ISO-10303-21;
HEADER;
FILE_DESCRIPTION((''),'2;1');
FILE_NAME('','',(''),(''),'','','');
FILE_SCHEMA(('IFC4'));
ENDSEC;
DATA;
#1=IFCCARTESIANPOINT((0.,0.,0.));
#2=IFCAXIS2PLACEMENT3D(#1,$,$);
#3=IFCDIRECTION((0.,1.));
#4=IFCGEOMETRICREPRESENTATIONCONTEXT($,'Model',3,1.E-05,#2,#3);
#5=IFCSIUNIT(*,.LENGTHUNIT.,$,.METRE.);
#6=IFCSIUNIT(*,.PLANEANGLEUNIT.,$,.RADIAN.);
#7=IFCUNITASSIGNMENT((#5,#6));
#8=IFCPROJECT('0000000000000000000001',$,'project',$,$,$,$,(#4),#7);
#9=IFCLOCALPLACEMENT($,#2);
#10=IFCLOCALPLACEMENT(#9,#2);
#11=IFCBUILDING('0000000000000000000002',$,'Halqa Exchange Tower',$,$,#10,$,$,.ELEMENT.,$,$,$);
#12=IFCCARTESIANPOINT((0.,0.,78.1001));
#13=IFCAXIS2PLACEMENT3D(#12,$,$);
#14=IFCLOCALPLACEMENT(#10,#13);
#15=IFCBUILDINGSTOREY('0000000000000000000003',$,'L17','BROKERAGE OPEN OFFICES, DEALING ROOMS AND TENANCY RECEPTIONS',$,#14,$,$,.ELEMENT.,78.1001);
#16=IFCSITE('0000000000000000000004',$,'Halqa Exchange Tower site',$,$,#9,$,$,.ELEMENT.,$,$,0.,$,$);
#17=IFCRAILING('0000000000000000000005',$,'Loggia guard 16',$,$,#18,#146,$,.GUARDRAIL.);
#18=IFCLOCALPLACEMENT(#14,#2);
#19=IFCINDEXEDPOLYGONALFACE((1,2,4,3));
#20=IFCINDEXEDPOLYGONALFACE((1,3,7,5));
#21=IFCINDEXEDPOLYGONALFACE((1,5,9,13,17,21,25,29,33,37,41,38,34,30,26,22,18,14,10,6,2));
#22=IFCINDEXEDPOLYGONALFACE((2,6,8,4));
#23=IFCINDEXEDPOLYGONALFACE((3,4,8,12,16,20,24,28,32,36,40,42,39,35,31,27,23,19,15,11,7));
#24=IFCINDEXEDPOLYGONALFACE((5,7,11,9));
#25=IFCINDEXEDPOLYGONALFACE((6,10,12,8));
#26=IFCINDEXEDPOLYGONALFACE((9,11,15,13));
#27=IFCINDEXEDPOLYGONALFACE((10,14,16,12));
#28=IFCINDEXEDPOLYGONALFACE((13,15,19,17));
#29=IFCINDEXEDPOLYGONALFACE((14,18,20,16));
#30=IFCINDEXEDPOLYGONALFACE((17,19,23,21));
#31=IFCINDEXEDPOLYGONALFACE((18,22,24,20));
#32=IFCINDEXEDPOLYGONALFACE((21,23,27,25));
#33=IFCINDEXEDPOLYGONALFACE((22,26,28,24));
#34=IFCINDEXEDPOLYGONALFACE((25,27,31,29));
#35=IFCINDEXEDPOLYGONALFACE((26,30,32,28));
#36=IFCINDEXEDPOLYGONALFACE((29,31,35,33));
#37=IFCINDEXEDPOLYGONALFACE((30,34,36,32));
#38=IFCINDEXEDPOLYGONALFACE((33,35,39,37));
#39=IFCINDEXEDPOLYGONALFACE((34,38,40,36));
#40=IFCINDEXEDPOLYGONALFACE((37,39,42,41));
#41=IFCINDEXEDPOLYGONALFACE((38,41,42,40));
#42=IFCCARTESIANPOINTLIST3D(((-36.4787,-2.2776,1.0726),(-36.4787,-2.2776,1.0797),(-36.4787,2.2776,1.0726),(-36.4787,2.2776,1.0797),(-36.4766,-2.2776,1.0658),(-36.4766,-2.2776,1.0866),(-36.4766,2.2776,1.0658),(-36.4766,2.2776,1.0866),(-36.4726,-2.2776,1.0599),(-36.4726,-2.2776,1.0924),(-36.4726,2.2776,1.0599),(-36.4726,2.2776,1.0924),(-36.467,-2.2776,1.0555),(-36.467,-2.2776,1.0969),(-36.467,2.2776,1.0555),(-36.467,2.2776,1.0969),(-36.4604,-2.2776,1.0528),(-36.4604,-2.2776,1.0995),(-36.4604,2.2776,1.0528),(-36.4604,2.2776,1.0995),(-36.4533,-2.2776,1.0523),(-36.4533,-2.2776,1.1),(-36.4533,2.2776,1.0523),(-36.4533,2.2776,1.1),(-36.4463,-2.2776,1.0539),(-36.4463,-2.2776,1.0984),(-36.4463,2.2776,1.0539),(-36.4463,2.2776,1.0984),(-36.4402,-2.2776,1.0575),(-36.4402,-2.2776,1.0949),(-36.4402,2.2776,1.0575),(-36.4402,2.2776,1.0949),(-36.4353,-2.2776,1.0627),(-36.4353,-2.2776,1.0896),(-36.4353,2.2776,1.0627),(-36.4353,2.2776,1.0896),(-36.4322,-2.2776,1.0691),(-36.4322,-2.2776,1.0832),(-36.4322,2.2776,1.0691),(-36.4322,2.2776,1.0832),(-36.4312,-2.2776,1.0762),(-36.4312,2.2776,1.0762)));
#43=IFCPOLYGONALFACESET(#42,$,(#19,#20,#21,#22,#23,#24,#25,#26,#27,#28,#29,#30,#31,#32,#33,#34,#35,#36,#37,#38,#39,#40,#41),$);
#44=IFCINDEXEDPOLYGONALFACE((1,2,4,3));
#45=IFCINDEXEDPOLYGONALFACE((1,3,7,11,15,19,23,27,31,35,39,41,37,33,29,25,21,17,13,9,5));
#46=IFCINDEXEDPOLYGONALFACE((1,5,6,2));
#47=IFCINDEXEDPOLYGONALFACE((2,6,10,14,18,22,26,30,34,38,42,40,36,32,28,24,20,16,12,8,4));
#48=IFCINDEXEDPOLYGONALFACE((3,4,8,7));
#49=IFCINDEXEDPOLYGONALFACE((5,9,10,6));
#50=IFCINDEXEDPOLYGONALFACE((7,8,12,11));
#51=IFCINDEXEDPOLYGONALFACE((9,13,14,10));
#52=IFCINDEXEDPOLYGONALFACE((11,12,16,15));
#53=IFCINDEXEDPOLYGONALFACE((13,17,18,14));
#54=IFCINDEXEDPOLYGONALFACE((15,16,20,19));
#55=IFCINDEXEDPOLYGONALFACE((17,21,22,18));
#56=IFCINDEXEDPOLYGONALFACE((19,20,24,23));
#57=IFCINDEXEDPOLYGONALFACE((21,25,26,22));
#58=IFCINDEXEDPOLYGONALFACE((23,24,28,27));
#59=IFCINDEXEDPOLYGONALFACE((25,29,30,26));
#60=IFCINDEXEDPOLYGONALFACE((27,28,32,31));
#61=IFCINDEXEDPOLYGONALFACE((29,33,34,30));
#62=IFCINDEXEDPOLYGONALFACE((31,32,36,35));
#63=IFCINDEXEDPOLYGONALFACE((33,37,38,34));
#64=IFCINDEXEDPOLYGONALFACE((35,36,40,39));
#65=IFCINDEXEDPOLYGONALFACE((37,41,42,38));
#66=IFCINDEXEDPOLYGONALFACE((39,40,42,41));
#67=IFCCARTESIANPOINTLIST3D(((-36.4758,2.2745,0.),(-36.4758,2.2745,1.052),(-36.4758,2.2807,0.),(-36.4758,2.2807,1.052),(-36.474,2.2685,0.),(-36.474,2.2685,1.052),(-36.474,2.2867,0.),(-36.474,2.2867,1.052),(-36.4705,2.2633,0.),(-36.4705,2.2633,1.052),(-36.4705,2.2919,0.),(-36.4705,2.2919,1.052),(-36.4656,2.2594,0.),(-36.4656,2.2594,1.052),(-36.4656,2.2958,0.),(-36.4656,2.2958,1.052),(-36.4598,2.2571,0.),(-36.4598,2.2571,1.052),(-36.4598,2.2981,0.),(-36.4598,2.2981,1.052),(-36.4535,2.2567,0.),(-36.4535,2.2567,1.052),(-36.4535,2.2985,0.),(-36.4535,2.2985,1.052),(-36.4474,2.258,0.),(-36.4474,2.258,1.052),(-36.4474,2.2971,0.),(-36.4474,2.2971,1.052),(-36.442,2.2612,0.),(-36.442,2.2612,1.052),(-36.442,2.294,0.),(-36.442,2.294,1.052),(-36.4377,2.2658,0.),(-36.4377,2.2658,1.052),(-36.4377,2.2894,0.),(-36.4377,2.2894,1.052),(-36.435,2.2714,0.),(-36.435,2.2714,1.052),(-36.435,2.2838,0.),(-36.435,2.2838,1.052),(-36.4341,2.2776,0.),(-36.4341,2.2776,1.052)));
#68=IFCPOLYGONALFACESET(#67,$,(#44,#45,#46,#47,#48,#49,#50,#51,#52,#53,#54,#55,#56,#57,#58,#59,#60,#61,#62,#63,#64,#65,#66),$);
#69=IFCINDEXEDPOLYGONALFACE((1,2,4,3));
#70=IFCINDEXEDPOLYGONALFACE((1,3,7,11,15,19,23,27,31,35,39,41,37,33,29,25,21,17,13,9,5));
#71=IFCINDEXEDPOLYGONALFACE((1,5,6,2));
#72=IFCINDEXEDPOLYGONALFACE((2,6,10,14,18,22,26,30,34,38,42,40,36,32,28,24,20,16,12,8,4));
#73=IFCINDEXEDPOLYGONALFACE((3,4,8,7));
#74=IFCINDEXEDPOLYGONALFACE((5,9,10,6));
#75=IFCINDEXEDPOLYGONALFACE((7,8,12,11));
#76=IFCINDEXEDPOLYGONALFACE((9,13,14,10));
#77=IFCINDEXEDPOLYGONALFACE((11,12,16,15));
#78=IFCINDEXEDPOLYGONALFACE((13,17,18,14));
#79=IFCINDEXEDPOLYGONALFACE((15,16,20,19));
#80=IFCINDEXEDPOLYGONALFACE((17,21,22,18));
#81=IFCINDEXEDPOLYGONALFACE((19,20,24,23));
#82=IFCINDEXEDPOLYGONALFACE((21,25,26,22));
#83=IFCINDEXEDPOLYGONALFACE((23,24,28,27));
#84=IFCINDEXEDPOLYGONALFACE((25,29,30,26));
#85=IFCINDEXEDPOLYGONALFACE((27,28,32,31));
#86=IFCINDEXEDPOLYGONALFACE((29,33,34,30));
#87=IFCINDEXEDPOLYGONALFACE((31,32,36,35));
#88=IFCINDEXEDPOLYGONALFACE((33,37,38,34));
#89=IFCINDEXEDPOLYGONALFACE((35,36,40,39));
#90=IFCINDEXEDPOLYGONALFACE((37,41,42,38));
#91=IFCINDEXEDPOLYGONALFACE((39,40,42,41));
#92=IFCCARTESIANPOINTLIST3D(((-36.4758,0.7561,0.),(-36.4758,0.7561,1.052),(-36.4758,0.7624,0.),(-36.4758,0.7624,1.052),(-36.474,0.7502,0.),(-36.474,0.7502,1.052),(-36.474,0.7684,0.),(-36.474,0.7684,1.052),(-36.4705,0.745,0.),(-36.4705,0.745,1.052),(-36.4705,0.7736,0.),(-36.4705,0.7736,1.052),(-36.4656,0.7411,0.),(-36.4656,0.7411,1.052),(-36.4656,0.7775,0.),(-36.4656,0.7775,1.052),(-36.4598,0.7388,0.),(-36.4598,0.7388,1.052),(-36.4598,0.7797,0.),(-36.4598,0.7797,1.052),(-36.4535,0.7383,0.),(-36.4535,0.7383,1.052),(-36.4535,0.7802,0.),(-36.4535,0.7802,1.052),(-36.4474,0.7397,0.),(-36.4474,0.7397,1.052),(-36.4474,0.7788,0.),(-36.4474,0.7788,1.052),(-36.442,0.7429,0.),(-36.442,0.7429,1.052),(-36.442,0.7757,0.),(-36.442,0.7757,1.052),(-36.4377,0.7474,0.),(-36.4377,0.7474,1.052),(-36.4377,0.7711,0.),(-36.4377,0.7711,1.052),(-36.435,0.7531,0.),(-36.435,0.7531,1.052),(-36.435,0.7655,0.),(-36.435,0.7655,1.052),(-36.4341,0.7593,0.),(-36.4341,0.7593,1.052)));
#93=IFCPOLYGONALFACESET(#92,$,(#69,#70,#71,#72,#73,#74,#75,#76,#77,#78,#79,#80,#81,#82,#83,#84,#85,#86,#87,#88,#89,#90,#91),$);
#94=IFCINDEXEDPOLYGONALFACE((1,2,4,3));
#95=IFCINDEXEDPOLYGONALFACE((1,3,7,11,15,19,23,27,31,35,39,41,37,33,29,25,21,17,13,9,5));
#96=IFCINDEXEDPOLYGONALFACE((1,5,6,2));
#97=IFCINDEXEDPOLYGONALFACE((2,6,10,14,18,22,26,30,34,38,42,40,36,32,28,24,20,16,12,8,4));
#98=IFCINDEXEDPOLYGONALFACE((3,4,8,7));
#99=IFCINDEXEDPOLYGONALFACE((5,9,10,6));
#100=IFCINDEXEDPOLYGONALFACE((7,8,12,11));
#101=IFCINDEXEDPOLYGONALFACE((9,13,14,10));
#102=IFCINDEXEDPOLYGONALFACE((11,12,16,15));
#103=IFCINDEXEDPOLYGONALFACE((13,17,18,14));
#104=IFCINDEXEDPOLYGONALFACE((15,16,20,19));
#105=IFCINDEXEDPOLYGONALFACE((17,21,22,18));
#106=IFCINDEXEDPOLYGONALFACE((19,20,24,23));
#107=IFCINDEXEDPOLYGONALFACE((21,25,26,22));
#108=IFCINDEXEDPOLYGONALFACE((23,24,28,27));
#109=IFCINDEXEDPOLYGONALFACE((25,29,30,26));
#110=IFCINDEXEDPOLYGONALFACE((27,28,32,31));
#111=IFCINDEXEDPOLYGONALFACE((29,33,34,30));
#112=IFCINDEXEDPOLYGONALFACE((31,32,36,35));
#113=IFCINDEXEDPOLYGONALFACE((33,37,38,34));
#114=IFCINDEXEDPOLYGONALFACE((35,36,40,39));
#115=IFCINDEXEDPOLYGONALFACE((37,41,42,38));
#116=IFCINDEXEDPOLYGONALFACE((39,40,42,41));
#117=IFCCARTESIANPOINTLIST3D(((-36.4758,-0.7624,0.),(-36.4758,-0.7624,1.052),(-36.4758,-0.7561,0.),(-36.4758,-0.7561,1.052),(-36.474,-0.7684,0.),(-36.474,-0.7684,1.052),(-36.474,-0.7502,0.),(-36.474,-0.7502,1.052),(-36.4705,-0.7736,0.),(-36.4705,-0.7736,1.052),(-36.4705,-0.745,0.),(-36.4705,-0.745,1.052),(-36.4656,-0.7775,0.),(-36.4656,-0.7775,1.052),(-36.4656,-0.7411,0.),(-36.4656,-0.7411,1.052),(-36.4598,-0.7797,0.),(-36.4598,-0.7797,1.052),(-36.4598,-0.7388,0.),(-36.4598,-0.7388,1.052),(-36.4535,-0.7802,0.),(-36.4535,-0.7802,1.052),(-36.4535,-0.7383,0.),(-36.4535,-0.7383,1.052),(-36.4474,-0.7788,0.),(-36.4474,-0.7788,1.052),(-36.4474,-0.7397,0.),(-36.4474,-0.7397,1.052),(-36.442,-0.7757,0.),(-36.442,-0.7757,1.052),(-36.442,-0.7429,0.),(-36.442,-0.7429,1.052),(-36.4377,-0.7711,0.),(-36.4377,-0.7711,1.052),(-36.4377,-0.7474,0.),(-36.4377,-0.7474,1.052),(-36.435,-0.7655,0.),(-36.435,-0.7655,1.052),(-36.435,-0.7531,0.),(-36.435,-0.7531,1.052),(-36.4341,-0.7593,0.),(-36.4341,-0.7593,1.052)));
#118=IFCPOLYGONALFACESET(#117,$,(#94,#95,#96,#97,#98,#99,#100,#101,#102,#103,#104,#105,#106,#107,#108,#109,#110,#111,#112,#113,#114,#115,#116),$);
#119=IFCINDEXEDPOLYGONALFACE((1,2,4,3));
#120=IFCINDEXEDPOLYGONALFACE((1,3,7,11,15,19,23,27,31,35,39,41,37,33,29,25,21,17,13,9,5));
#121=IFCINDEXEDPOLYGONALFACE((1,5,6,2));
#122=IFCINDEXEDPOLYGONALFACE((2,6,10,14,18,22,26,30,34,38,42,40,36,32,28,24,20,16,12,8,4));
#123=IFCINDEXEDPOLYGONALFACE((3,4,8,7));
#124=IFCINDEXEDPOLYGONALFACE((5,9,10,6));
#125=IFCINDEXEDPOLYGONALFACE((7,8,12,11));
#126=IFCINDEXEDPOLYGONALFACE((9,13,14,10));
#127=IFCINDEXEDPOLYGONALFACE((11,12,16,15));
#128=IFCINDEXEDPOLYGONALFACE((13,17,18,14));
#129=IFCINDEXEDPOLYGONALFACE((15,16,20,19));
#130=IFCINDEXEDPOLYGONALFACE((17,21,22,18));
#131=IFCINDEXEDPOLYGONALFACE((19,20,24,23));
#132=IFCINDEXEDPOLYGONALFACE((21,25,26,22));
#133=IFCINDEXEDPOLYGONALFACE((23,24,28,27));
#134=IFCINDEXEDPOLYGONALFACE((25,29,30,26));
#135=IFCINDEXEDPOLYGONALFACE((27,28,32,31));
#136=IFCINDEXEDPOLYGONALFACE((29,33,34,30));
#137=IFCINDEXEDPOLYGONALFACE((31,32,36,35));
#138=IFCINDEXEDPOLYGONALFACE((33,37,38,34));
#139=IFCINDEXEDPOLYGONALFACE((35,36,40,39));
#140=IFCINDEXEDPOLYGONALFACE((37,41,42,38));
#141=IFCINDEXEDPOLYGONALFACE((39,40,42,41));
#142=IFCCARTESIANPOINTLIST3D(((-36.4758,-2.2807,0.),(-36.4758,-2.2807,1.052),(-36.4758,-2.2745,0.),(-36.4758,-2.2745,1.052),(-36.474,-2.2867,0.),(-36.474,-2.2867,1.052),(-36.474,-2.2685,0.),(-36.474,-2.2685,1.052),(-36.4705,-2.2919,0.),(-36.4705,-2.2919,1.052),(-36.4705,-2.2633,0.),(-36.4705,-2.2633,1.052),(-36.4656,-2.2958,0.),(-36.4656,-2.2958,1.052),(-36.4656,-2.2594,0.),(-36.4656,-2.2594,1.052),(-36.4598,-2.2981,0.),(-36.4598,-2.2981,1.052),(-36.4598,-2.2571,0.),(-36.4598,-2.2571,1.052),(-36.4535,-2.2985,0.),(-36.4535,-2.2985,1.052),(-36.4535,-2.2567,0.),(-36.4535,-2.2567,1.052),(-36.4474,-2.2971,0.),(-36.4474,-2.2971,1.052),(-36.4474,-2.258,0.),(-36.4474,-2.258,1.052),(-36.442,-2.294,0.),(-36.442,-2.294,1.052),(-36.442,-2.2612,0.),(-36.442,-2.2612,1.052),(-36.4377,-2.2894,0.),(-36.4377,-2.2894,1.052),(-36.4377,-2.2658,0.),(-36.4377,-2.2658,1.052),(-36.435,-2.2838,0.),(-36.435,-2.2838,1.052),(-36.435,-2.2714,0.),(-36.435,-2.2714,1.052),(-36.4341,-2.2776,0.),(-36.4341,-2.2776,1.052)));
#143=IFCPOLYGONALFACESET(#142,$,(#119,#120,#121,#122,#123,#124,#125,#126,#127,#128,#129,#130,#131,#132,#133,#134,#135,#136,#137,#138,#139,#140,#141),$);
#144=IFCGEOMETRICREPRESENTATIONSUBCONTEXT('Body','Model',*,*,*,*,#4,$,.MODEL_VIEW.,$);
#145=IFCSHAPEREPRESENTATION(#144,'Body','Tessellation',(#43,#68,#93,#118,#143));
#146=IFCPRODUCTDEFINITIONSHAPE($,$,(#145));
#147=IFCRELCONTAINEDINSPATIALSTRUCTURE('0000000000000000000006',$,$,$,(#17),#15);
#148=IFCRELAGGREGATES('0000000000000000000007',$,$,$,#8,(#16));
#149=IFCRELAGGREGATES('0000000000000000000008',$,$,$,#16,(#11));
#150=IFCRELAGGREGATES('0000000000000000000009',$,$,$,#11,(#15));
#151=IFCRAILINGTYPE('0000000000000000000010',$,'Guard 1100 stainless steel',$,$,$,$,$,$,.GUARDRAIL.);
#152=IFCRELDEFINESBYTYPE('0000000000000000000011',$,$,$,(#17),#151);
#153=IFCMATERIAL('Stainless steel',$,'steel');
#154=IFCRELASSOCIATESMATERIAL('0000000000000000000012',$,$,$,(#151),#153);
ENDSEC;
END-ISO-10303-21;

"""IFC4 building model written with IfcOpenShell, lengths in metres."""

from ifc_helpers import new_model, si_unit, direction, frame, origin, origin_2d, place, context, subcontext, project, spatial, circle, extrude, material, type_object, element, save


model = new_model("IFC4")

# Units and contexts
model_context = context("Model", 3, precision=1e-05, world=origin(), true_north=direction((0.0, 1.0)))
body_context = subcontext(model_context, "Body", "Model", "MODEL_VIEW")
ifc_project = project(units=[si_unit("LENGTHUNIT", "METRE"), si_unit("PLANEANGLEUNIT", "RADIAN")], contexts=[model_context])

# Site, building, storey
site_placement = place(None, origin())
site = spatial("IfcSite", under=ifc_project, at=site_placement, Name="Halqa Exchange Tower site", CompositionType="ELEMENT", RefElevation=0.0)
building_placement = place(site_placement, origin())
building = spatial("IfcBuilding", under=site, at=building_placement, Name="Halqa Exchange Tower", CompositionType="ELEMENT")
storey_placement = place(building_placement, frame((0.0, 0.0, 78.1001)))
storey = spatial("IfcBuildingStorey", under=building, at=storey_placement, Name="L17", Description="BROKERAGE OPEN OFFICES, DEALING ROOMS AND TENANCY RECEPTIONS", CompositionType="ELEMENT", Elevation=78.1001)

# Railing
ifc_material_1 = material(Name="Stainless steel", Category="steel")
railing_type = type_object("IfcRailingType", Name="Guard 1100 stainless steel", PredefinedType="GUARDRAIL", material=ifc_material_1)
railing_1_placement = place(storey_placement, frame((-36.4551, 2.2776, 0.0)))
element("IfcRailing", 1, at=railing_1_placement, inside=storey, type_object=railing_type, Name="Loggia guard 16", PredefinedType="GUARDRAIL", context=body_context, shape_type="SweptSolid", body=[
    extrude(circle(Radius=0.0239, at=origin_2d()), frame((0.0, 0.0, 1.0762), z_axis=(0.0, -1.0, 0.0), x_axis=(1.0, 0.0, 0.0)), (0.0, 0.0, 1.0), 4.5552),
    extrude(circle(Radius=0.021, at=origin_2d()), origin(), (0.0, 0.0, 1.0), 1.052),
    extrude(circle(Radius=0.021, at=origin_2d()), frame((0.0, -1.5183, 0.0)), (0.0, 0.0, 1.0), 1.052),
    extrude(circle(Radius=0.021, at=origin_2d()), frame((0.0, -3.0369, 0.0)), (0.0, 0.0, 1.0), 1.052),
    extrude(circle(Radius=0.021, at=origin_2d()), frame((0.0, -4.5552, 0.0)), (0.0, 0.0, 1.0), 1.052),
])

save(model, "model.ifc")
